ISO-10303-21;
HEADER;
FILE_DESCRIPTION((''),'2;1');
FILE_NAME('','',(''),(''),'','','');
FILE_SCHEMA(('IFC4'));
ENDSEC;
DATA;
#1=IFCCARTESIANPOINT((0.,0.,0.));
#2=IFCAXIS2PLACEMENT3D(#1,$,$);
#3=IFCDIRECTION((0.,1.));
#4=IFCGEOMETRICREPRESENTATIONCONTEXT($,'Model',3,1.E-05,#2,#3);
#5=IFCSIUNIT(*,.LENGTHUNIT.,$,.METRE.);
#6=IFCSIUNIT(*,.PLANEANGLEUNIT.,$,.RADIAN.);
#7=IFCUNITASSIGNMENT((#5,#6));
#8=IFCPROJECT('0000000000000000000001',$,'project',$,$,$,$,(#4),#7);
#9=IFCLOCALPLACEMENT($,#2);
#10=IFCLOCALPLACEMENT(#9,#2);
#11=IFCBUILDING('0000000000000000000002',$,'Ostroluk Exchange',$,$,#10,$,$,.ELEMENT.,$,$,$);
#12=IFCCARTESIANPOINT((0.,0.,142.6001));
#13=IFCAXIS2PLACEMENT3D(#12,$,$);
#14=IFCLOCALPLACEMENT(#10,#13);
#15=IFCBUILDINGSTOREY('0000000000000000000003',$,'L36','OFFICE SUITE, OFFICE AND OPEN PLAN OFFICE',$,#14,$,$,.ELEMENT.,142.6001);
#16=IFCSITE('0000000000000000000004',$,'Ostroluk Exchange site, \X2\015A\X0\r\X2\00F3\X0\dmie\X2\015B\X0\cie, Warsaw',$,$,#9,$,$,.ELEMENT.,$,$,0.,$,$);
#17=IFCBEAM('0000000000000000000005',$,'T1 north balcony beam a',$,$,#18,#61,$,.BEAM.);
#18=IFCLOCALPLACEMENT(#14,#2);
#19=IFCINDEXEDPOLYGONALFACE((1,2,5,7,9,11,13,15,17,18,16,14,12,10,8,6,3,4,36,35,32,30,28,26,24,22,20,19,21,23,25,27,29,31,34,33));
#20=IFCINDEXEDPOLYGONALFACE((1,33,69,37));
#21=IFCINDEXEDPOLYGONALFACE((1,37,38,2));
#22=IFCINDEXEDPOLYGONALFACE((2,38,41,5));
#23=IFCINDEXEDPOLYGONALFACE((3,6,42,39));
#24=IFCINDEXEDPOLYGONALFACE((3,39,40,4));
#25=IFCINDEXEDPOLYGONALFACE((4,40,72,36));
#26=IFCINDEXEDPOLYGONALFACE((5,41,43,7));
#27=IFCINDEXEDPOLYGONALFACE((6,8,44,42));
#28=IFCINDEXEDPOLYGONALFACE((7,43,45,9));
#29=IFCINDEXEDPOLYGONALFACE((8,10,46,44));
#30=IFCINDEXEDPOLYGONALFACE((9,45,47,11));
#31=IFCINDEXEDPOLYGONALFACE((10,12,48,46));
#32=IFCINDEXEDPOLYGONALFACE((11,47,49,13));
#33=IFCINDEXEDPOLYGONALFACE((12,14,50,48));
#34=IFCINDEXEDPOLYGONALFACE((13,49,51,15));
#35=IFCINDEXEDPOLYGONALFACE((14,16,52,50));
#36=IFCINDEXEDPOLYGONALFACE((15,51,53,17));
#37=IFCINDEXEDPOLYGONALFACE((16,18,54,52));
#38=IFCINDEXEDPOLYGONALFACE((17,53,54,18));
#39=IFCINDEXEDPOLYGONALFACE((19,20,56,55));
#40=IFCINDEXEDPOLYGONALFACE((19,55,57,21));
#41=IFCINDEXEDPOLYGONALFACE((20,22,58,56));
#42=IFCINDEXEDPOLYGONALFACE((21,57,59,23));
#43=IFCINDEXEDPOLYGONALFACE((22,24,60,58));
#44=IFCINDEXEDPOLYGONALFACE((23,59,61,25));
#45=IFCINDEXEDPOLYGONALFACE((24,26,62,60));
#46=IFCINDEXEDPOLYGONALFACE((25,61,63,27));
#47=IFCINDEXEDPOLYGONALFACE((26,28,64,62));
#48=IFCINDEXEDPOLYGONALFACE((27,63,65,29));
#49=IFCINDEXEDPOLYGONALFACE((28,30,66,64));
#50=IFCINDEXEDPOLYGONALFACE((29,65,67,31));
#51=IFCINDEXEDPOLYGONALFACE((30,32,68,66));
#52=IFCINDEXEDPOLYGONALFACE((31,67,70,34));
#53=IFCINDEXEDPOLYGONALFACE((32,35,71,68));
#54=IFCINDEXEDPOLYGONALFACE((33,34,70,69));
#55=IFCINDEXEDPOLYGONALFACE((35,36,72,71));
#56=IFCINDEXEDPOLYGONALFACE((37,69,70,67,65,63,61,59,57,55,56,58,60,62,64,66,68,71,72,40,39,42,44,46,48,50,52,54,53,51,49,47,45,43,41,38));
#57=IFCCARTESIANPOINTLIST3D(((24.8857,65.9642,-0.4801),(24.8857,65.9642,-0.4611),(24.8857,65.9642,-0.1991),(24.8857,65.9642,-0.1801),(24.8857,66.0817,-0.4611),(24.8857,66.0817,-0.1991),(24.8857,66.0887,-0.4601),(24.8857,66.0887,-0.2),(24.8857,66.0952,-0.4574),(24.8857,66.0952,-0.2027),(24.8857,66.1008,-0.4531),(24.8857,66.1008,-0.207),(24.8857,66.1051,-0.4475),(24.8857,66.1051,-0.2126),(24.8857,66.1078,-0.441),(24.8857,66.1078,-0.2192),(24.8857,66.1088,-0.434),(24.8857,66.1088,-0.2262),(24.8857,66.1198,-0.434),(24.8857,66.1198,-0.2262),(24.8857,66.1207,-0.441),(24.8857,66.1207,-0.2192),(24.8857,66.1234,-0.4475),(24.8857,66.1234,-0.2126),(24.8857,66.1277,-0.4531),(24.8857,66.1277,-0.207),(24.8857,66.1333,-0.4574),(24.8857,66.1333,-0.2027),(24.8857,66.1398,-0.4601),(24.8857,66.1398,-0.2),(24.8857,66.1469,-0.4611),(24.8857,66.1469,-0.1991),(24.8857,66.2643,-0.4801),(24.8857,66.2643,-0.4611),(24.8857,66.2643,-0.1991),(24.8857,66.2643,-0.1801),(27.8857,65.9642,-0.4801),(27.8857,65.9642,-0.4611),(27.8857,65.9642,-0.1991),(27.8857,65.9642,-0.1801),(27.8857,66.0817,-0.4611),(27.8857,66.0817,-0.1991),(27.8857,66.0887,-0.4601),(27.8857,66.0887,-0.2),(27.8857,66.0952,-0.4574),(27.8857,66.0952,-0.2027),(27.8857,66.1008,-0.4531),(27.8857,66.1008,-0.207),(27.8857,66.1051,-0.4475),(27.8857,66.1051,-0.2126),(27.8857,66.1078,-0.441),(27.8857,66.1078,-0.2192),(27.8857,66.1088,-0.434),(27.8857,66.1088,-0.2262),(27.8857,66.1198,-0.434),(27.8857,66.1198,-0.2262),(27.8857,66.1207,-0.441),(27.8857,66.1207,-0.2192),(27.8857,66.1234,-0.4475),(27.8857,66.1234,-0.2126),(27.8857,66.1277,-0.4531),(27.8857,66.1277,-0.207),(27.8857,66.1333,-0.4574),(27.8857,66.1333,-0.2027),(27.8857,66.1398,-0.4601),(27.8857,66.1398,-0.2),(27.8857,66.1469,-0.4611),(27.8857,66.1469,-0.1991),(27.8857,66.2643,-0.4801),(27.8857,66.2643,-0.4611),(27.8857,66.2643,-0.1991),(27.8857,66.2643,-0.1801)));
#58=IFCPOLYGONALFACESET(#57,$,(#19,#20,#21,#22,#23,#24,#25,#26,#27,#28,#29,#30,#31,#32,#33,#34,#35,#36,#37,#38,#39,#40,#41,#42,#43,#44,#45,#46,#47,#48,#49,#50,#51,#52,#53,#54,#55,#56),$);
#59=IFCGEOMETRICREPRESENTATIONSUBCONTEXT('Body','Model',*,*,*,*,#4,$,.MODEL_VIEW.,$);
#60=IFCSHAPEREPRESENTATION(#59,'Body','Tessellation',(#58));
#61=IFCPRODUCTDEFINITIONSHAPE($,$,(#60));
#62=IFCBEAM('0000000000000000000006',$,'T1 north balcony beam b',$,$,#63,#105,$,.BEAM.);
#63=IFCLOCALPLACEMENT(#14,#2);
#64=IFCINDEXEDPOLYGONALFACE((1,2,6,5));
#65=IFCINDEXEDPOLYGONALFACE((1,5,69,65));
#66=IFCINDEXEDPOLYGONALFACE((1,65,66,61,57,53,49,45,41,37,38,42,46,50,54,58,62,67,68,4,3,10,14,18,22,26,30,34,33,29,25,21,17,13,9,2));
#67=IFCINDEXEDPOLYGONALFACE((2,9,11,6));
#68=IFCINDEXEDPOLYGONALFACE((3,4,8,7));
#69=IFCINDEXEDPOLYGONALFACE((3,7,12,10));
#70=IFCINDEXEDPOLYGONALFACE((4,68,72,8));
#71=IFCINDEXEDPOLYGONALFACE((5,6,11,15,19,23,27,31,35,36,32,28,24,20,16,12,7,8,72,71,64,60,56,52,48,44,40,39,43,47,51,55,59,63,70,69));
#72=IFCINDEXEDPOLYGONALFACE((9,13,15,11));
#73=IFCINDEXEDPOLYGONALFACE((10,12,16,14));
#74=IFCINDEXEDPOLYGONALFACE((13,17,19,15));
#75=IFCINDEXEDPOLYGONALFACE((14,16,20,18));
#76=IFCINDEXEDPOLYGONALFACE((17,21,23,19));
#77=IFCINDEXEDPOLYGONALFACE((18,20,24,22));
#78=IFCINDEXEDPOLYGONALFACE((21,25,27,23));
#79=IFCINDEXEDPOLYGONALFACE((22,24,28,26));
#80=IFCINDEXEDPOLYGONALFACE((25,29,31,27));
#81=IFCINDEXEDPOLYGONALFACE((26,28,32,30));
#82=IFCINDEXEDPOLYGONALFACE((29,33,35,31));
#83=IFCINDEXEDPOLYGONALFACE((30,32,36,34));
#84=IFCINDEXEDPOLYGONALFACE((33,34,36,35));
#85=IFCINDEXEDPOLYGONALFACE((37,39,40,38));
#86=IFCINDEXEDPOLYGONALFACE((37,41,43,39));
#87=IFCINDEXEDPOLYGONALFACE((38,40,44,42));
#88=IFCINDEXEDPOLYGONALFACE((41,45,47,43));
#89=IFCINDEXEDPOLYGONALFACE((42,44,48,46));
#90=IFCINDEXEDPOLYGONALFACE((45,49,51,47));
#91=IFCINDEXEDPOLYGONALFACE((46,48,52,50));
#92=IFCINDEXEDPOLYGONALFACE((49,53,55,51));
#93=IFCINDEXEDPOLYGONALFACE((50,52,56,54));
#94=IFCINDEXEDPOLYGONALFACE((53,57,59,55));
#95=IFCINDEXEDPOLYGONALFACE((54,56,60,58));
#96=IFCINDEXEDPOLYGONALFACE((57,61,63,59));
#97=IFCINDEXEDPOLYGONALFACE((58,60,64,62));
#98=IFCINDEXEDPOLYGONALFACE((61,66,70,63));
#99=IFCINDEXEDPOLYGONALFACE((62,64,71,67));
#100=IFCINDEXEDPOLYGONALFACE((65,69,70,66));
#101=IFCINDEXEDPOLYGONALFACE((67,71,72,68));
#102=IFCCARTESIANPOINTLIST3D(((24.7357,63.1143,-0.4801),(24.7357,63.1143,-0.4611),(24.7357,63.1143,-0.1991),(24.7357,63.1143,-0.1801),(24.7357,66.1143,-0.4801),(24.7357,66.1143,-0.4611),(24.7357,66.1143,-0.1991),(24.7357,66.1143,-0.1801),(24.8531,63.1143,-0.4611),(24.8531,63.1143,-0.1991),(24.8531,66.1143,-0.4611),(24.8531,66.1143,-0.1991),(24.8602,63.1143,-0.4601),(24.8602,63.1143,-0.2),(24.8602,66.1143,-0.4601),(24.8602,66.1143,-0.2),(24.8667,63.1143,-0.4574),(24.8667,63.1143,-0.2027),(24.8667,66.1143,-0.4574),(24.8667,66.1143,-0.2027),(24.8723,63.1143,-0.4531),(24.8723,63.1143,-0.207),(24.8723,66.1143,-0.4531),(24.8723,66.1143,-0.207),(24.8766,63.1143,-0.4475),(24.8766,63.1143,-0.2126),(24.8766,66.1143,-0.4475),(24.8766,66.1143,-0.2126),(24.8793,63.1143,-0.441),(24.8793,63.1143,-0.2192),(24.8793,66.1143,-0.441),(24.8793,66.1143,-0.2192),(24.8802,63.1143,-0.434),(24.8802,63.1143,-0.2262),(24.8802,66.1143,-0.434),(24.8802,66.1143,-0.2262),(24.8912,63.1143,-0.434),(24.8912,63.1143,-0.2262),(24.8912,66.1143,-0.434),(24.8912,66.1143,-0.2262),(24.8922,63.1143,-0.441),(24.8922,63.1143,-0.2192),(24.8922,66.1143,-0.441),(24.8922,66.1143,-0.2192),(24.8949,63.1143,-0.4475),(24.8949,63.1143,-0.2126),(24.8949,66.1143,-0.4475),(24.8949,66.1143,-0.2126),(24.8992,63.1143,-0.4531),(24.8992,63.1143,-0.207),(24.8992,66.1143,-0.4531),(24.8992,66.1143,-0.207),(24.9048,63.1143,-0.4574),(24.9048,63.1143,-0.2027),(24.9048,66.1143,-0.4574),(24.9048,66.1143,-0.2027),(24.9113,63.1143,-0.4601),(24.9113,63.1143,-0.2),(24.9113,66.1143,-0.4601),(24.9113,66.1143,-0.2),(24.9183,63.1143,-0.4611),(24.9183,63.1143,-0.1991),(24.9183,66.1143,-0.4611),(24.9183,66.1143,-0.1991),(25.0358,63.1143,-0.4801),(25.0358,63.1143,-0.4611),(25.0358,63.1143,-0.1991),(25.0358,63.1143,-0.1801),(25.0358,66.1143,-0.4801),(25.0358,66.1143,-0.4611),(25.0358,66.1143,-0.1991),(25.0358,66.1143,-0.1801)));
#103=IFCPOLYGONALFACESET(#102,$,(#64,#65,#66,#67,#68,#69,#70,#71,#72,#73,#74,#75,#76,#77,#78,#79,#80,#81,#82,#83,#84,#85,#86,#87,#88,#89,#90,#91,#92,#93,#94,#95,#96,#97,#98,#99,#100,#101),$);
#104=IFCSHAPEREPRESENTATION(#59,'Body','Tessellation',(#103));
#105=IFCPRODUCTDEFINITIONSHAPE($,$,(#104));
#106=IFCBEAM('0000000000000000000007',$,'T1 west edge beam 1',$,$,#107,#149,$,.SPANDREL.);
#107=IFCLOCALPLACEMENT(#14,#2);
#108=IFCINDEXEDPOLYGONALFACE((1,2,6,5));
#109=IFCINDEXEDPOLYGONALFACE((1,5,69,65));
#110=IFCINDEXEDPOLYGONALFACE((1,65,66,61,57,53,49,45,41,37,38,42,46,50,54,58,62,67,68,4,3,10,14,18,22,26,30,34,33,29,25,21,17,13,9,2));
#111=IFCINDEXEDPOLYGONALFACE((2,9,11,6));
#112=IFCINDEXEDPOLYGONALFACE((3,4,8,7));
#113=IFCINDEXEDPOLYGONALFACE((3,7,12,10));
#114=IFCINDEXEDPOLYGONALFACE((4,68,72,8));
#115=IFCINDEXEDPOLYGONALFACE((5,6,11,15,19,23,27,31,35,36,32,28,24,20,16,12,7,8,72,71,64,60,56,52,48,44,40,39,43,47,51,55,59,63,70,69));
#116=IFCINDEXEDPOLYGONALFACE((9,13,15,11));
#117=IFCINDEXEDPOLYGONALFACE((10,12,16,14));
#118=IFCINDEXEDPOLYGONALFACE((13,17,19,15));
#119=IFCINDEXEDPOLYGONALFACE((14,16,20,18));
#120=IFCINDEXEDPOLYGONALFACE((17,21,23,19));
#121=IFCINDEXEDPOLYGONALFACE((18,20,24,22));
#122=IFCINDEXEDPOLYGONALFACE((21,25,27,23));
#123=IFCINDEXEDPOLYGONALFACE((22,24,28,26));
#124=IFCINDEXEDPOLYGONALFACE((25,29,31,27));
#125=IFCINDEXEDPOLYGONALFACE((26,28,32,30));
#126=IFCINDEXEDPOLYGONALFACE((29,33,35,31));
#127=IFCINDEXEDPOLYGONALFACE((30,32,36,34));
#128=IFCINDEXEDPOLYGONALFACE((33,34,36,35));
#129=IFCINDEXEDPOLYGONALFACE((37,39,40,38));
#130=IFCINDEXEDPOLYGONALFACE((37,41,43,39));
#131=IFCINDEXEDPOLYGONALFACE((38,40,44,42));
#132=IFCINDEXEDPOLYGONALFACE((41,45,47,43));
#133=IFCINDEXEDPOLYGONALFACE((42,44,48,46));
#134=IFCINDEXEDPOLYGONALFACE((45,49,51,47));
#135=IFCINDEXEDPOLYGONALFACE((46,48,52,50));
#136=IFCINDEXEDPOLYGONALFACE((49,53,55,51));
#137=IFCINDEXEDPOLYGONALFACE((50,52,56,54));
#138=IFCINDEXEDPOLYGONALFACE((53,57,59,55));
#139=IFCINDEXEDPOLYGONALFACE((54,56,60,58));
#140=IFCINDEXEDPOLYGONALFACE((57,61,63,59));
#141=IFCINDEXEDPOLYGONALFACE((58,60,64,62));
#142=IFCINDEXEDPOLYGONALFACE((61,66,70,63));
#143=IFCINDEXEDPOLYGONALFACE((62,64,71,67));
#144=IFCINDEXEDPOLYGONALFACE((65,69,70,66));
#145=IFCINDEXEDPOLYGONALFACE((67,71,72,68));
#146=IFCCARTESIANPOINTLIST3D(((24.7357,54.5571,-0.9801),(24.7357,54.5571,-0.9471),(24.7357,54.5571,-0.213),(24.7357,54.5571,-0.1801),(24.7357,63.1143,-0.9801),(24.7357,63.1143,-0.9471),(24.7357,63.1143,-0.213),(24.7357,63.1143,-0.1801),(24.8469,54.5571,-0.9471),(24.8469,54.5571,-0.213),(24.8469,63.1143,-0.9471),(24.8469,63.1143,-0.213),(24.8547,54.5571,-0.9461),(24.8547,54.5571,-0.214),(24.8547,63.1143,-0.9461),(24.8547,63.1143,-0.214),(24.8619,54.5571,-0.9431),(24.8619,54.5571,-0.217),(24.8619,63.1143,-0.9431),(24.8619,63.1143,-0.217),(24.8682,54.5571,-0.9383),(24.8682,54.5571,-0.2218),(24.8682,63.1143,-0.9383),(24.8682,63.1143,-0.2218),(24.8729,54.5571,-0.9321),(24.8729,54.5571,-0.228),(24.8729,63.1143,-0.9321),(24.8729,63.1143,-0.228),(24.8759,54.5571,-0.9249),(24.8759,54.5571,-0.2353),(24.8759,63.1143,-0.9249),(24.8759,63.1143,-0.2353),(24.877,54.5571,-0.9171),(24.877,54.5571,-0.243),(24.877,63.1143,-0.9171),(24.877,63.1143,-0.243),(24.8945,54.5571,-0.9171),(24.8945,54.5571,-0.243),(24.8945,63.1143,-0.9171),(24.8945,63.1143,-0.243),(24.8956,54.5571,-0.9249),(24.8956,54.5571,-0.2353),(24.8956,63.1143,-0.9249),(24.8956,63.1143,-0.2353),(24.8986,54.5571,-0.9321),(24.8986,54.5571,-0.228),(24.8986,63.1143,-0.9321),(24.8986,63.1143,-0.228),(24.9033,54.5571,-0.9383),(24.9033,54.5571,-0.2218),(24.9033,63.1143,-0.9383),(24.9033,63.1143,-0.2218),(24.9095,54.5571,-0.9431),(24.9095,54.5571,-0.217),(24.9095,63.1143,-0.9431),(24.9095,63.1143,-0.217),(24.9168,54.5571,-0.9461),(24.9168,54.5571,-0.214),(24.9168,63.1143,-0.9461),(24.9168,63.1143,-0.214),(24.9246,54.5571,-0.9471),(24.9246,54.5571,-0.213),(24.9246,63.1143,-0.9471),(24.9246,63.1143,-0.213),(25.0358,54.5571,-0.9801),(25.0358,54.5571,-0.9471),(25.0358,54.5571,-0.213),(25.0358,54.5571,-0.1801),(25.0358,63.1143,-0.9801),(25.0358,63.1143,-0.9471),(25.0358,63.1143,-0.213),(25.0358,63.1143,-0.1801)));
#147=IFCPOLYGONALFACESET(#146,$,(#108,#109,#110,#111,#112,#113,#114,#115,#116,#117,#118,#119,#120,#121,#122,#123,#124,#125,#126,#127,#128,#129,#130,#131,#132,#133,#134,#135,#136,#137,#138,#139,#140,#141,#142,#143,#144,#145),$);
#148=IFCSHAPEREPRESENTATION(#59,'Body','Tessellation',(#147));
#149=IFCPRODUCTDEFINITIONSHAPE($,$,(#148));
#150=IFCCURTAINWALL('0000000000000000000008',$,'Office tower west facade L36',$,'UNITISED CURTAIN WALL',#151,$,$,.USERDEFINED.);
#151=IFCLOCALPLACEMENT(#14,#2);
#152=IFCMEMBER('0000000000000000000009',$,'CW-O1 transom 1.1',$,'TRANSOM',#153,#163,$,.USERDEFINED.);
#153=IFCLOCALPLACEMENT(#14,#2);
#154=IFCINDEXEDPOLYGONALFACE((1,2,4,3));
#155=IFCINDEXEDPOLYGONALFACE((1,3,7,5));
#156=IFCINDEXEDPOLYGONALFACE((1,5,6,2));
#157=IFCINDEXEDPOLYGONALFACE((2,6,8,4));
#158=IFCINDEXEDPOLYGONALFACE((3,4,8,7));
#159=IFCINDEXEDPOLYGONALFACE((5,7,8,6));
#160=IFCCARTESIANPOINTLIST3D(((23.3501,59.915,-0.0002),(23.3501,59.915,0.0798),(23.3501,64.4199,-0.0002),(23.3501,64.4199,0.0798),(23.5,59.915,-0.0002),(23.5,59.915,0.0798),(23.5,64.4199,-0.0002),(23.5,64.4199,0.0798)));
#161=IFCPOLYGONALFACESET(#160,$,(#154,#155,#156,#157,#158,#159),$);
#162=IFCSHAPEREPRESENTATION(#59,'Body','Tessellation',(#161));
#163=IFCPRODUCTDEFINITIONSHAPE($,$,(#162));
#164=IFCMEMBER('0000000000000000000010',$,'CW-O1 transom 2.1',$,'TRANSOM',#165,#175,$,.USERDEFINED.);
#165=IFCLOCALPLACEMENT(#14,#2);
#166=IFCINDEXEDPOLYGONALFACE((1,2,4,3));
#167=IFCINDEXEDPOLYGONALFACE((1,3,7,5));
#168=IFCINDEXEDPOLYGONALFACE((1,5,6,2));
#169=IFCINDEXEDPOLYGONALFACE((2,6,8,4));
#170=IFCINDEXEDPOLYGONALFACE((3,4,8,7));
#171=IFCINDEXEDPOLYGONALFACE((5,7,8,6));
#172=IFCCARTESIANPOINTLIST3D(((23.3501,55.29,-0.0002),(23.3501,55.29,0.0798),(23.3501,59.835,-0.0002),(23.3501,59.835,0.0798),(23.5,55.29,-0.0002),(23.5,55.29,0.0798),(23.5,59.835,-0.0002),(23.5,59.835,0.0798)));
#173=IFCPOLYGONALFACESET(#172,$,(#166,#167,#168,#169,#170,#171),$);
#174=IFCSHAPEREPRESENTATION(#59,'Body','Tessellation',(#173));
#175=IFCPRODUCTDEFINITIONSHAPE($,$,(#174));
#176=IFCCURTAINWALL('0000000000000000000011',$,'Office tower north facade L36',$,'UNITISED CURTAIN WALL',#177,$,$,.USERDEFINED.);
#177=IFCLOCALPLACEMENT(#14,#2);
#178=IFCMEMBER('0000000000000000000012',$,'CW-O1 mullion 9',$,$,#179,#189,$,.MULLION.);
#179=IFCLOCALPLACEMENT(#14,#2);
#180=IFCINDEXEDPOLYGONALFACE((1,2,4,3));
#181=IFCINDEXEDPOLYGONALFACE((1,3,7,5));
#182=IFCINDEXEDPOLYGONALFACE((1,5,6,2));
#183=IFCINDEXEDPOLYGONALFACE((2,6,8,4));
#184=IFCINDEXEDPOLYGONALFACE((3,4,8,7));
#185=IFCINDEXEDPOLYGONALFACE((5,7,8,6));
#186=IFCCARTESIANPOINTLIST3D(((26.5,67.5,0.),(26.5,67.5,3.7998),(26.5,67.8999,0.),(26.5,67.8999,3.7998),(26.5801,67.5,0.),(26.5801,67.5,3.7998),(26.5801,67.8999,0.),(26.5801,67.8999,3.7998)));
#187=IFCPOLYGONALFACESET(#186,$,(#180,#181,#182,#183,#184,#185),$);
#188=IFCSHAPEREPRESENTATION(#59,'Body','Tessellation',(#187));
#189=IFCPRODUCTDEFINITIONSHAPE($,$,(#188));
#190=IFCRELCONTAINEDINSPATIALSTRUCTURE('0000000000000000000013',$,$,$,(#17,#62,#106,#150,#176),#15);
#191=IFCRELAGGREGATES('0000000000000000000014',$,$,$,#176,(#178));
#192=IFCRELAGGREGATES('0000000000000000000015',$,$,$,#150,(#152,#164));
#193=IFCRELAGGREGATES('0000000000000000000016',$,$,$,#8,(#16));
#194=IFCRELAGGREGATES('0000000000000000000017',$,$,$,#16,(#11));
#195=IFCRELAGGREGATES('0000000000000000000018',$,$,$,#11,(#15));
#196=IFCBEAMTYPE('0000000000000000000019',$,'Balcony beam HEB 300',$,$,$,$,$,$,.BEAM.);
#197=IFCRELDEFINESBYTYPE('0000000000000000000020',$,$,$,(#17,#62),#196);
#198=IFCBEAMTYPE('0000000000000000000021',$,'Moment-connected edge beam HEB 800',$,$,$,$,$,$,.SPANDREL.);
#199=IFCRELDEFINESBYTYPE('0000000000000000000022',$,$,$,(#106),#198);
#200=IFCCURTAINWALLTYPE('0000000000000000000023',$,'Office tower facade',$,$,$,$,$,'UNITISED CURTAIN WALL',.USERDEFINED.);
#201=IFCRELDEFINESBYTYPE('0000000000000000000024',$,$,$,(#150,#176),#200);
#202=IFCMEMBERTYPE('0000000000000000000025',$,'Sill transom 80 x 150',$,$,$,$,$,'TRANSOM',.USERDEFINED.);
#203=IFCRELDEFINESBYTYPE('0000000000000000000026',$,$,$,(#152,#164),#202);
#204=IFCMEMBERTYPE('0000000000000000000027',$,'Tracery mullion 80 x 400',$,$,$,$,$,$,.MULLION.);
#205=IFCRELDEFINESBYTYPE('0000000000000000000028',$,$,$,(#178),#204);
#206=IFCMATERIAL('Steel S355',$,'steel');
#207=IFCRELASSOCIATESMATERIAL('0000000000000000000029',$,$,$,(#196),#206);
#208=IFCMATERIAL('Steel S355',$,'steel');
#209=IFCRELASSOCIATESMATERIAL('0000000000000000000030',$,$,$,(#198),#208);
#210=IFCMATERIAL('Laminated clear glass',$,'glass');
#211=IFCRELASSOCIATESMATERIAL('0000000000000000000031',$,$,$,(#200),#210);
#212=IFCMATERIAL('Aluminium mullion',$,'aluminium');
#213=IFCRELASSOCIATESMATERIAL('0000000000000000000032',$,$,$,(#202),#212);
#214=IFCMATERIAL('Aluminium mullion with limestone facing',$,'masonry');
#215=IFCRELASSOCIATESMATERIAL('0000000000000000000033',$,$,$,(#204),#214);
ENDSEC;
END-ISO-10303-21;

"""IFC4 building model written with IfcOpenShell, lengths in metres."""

from ifc_helpers import new_model, si_unit, direction, frame, origin, origin_2d, place, context, subcontext, project, spatial, rectangle, i_section, extrude, material, material_profile, profile_set, type_object, element, aggregate, save


model = new_model("IFC4")

# Units and contexts
model_context = context("Model", 3, precision=1e-05, world=origin(), true_north=direction((0.0, 1.0)))
body_context = subcontext(model_context, "Body", "Model", "MODEL_VIEW")
ifc_project = project(units=[si_unit("LENGTHUNIT", "METRE"), si_unit("PLANEANGLEUNIT", "RADIAN")], contexts=[model_context])

# Site, building, storey
site_placement = place(None, origin())
site = spatial("IfcSite", under=ifc_project, at=site_placement, Name="Ostroluk Exchange site, Śródmieście, Warsaw", CompositionType="ELEMENT", RefElevation=0.0)
building_placement = place(site_placement, origin())
building = spatial("IfcBuilding", under=site, at=building_placement, Name="Ostroluk Exchange", CompositionType="ELEMENT")
storey_placement = place(building_placement, frame((0.0, 0.0, 142.6001)))
storey = spatial("IfcBuildingStorey", under=building, at=storey_placement, Name="L36", Description="OFFICE SUITE, OFFICE AND OPEN PLAN OFFICE", CompositionType="ELEMENT", Elevation=142.6001)

# Beams
ifc_material_1 = material(Name="Steel S355", Category="steel")
ifc_material_profile_1 = material_profile(ifc_material_1, i_section(OverallWidth=0.3, OverallDepth=0.3, WebThickness=0.011, FlangeThickness=0.019, FilletRadius=0.0271, at=origin_2d()), Name="HEB 300")
ifc_profile_set_1 = profile_set([ifc_material_profile_1], Name="Steel S355")
beam_type_1 = type_object("IfcBeamType", Name="Balcony beam HEB 300", PredefinedType="BEAM", material=ifc_profile_set_1)
for number, where, z_axis, x_axis, name in (
    (1, (27.8857, 66.1143, -0.3301), (-1.0, 0.0, 0.0), (0.0, -1.0, 0.0), "T1 north balcony beam a"),
    (2, (24.8857, 63.1143, -0.3301), (0.0, 1.0, 0.0), (-1.0, 0.0, 0.0), "T1 north balcony beam b"),
):
    element("IfcBeam", number, at=place(storey_placement, frame(where, z_axis=z_axis, x_axis=x_axis)), inside=storey, type_object=beam_type_1, Name=name, PredefinedType="BEAM", context=body_context, shape_type="SweptSolid", body=[
        extrude(i_section(OverallWidth=0.3, OverallDepth=0.3, WebThickness=0.011, FlangeThickness=0.019, FilletRadius=0.0271, at=origin_2d()), origin(), (0.0, 0.0, 1.0), 3.0),
    ])
ifc_material_2 = material(Name="Steel S355", Category="steel")
ifc_material_profile_2 = material_profile(ifc_material_2, i_section(OverallWidth=0.3, OverallDepth=0.8, WebThickness=0.0176, FlangeThickness=0.033, FilletRadius=0.03, at=origin_2d()), Name="HEB 800")
ifc_profile_set_2 = profile_set([ifc_material_profile_2], Name="Steel S355")
beam_type_2 = type_object("IfcBeamType", Name="Moment-connected edge beam HEB 800", PredefinedType="SPANDREL", material=ifc_profile_set_2)
beam_placement = place(storey_placement, frame((24.8857, 63.1143, -0.5801), z_axis=(0.0, -1.0, 0.0), x_axis=(1.0, 0.0, 0.0)))
element("IfcBeam", 3, at=beam_placement, inside=storey, type_object=beam_type_2, Name="T1 west edge beam 1", PredefinedType="SPANDREL", context=body_context, shape_type="SweptSolid", body=[
    extrude(i_section(OverallWidth=0.3, OverallDepth=0.8, WebThickness=0.0176, FlangeThickness=0.033, FilletRadius=0.03, at=origin_2d()), origin(), (0.0, 0.0, 1.0), 8.5571),
])

# Curtain wall, members
ifc_material_3 = material(Name="Laminated clear glass", Category="glass")
curtain_wall_type = type_object("IfcCurtainWallType", Name="Office tower facade", ElementType="UNITISED CURTAIN WALL", PredefinedType="USERDEFINED", material=ifc_material_3)
curtain_wall_1_placement = place(storey_placement, origin())
curtain_wall_1 = element("IfcCurtainWall", 4, at=curtain_wall_1_placement, inside=storey, type_object=curtain_wall_type, Name="Office tower west facade L36", ObjectType="UNITISED CURTAIN WALL", PredefinedType="USERDEFINED")
ifc_material_4 = material(Name="Aluminium mullion", Category="aluminium")
ifc_material_profile_3 = material_profile(ifc_material_4, rectangle(XDim=0.1499, YDim=0.0801, at=origin_2d()), Name="Sill transom 80 x 150")
ifc_profile_set_3 = profile_set([ifc_material_profile_3], Name="Aluminium mullion")
member_type_1 = type_object("IfcMemberType", Name="Sill transom 80 x 150", ElementType="TRANSOM", PredefinedType="USERDEFINED", material=ifc_profile_set_3)
member_1_placement = place(storey_placement, frame((23.425, 64.4199, 0.0398), z_axis=(0.0, -1.0, 0.0), x_axis=(1.0, 0.0, 0.0)))
member_1 = element("IfcMember", 5, at=member_1_placement, type_object=member_type_1, Name="CW-O1 transom 1.1", ObjectType="TRANSOM", PredefinedType="USERDEFINED", context=body_context, shape_type="SweptSolid", body=[
    extrude(rectangle(XDim=0.1499, YDim=0.0801, at=origin_2d()), origin(), (0.0, 0.0, 1.0), 4.5049),
])
member_2_placement = place(storey_placement, frame((23.425, 59.835, 0.0398), z_axis=(0.0, -1.0, 0.0), x_axis=(1.0, 0.0, 0.0)))
member_2 = element("IfcMember", 6, at=member_2_placement, type_object=member_type_1, Name="CW-O1 transom 2.1", ObjectType="TRANSOM", PredefinedType="USERDEFINED", context=body_context, shape_type="SweptSolid", body=[
    extrude(rectangle(XDim=0.1499, YDim=0.0801, at=origin_2d()), origin(), (0.0, 0.0, 1.0), 4.5449),
])

# Curtain wall, member
curtain_wall_2_placement = place(storey_placement, origin())
curtain_wall_2 = element("IfcCurtainWall", 7, at=curtain_wall_2_placement, inside=storey, type_object=curtain_wall_type, Name="Office tower north facade L36", ObjectType="UNITISED CURTAIN WALL", PredefinedType="USERDEFINED")
ifc_material_5 = material(Name="Aluminium mullion with limestone facing", Category="masonry")
ifc_material_profile_4 = material_profile(ifc_material_5, rectangle(XDim=0.3999, YDim=0.0801, at=origin_2d()), Name="Tracery mullion 80 x 400")
ifc_profile_set_4 = profile_set([ifc_material_profile_4], Name="Aluminium mullion with limestone facing")
member_type_2 = type_object("IfcMemberType", Name="Tracery mullion 80 x 400", PredefinedType="MULLION", material=ifc_profile_set_4)
member_3_placement = place(storey_placement, frame((26.54, 67.7, 0.0), z_axis=(0.0, 0.0, 1.0), x_axis=(0.0, -1.0, 0.0)))
member_3 = element("IfcMember", 8, at=member_3_placement, type_object=member_type_2, Name="CW-O1 mullion 9", PredefinedType="MULLION", context=body_context, shape_type="SweptSolid", body=[
    extrude(rectangle(XDim=0.3999, YDim=0.0801, at=origin_2d()), origin(), (0.0, 0.0, 1.0), 3.7998),
])

aggregate(curtain_wall_2, [member_3])
aggregate(curtain_wall_1, [member_1, member_2])

save(model, "model.ifc")
